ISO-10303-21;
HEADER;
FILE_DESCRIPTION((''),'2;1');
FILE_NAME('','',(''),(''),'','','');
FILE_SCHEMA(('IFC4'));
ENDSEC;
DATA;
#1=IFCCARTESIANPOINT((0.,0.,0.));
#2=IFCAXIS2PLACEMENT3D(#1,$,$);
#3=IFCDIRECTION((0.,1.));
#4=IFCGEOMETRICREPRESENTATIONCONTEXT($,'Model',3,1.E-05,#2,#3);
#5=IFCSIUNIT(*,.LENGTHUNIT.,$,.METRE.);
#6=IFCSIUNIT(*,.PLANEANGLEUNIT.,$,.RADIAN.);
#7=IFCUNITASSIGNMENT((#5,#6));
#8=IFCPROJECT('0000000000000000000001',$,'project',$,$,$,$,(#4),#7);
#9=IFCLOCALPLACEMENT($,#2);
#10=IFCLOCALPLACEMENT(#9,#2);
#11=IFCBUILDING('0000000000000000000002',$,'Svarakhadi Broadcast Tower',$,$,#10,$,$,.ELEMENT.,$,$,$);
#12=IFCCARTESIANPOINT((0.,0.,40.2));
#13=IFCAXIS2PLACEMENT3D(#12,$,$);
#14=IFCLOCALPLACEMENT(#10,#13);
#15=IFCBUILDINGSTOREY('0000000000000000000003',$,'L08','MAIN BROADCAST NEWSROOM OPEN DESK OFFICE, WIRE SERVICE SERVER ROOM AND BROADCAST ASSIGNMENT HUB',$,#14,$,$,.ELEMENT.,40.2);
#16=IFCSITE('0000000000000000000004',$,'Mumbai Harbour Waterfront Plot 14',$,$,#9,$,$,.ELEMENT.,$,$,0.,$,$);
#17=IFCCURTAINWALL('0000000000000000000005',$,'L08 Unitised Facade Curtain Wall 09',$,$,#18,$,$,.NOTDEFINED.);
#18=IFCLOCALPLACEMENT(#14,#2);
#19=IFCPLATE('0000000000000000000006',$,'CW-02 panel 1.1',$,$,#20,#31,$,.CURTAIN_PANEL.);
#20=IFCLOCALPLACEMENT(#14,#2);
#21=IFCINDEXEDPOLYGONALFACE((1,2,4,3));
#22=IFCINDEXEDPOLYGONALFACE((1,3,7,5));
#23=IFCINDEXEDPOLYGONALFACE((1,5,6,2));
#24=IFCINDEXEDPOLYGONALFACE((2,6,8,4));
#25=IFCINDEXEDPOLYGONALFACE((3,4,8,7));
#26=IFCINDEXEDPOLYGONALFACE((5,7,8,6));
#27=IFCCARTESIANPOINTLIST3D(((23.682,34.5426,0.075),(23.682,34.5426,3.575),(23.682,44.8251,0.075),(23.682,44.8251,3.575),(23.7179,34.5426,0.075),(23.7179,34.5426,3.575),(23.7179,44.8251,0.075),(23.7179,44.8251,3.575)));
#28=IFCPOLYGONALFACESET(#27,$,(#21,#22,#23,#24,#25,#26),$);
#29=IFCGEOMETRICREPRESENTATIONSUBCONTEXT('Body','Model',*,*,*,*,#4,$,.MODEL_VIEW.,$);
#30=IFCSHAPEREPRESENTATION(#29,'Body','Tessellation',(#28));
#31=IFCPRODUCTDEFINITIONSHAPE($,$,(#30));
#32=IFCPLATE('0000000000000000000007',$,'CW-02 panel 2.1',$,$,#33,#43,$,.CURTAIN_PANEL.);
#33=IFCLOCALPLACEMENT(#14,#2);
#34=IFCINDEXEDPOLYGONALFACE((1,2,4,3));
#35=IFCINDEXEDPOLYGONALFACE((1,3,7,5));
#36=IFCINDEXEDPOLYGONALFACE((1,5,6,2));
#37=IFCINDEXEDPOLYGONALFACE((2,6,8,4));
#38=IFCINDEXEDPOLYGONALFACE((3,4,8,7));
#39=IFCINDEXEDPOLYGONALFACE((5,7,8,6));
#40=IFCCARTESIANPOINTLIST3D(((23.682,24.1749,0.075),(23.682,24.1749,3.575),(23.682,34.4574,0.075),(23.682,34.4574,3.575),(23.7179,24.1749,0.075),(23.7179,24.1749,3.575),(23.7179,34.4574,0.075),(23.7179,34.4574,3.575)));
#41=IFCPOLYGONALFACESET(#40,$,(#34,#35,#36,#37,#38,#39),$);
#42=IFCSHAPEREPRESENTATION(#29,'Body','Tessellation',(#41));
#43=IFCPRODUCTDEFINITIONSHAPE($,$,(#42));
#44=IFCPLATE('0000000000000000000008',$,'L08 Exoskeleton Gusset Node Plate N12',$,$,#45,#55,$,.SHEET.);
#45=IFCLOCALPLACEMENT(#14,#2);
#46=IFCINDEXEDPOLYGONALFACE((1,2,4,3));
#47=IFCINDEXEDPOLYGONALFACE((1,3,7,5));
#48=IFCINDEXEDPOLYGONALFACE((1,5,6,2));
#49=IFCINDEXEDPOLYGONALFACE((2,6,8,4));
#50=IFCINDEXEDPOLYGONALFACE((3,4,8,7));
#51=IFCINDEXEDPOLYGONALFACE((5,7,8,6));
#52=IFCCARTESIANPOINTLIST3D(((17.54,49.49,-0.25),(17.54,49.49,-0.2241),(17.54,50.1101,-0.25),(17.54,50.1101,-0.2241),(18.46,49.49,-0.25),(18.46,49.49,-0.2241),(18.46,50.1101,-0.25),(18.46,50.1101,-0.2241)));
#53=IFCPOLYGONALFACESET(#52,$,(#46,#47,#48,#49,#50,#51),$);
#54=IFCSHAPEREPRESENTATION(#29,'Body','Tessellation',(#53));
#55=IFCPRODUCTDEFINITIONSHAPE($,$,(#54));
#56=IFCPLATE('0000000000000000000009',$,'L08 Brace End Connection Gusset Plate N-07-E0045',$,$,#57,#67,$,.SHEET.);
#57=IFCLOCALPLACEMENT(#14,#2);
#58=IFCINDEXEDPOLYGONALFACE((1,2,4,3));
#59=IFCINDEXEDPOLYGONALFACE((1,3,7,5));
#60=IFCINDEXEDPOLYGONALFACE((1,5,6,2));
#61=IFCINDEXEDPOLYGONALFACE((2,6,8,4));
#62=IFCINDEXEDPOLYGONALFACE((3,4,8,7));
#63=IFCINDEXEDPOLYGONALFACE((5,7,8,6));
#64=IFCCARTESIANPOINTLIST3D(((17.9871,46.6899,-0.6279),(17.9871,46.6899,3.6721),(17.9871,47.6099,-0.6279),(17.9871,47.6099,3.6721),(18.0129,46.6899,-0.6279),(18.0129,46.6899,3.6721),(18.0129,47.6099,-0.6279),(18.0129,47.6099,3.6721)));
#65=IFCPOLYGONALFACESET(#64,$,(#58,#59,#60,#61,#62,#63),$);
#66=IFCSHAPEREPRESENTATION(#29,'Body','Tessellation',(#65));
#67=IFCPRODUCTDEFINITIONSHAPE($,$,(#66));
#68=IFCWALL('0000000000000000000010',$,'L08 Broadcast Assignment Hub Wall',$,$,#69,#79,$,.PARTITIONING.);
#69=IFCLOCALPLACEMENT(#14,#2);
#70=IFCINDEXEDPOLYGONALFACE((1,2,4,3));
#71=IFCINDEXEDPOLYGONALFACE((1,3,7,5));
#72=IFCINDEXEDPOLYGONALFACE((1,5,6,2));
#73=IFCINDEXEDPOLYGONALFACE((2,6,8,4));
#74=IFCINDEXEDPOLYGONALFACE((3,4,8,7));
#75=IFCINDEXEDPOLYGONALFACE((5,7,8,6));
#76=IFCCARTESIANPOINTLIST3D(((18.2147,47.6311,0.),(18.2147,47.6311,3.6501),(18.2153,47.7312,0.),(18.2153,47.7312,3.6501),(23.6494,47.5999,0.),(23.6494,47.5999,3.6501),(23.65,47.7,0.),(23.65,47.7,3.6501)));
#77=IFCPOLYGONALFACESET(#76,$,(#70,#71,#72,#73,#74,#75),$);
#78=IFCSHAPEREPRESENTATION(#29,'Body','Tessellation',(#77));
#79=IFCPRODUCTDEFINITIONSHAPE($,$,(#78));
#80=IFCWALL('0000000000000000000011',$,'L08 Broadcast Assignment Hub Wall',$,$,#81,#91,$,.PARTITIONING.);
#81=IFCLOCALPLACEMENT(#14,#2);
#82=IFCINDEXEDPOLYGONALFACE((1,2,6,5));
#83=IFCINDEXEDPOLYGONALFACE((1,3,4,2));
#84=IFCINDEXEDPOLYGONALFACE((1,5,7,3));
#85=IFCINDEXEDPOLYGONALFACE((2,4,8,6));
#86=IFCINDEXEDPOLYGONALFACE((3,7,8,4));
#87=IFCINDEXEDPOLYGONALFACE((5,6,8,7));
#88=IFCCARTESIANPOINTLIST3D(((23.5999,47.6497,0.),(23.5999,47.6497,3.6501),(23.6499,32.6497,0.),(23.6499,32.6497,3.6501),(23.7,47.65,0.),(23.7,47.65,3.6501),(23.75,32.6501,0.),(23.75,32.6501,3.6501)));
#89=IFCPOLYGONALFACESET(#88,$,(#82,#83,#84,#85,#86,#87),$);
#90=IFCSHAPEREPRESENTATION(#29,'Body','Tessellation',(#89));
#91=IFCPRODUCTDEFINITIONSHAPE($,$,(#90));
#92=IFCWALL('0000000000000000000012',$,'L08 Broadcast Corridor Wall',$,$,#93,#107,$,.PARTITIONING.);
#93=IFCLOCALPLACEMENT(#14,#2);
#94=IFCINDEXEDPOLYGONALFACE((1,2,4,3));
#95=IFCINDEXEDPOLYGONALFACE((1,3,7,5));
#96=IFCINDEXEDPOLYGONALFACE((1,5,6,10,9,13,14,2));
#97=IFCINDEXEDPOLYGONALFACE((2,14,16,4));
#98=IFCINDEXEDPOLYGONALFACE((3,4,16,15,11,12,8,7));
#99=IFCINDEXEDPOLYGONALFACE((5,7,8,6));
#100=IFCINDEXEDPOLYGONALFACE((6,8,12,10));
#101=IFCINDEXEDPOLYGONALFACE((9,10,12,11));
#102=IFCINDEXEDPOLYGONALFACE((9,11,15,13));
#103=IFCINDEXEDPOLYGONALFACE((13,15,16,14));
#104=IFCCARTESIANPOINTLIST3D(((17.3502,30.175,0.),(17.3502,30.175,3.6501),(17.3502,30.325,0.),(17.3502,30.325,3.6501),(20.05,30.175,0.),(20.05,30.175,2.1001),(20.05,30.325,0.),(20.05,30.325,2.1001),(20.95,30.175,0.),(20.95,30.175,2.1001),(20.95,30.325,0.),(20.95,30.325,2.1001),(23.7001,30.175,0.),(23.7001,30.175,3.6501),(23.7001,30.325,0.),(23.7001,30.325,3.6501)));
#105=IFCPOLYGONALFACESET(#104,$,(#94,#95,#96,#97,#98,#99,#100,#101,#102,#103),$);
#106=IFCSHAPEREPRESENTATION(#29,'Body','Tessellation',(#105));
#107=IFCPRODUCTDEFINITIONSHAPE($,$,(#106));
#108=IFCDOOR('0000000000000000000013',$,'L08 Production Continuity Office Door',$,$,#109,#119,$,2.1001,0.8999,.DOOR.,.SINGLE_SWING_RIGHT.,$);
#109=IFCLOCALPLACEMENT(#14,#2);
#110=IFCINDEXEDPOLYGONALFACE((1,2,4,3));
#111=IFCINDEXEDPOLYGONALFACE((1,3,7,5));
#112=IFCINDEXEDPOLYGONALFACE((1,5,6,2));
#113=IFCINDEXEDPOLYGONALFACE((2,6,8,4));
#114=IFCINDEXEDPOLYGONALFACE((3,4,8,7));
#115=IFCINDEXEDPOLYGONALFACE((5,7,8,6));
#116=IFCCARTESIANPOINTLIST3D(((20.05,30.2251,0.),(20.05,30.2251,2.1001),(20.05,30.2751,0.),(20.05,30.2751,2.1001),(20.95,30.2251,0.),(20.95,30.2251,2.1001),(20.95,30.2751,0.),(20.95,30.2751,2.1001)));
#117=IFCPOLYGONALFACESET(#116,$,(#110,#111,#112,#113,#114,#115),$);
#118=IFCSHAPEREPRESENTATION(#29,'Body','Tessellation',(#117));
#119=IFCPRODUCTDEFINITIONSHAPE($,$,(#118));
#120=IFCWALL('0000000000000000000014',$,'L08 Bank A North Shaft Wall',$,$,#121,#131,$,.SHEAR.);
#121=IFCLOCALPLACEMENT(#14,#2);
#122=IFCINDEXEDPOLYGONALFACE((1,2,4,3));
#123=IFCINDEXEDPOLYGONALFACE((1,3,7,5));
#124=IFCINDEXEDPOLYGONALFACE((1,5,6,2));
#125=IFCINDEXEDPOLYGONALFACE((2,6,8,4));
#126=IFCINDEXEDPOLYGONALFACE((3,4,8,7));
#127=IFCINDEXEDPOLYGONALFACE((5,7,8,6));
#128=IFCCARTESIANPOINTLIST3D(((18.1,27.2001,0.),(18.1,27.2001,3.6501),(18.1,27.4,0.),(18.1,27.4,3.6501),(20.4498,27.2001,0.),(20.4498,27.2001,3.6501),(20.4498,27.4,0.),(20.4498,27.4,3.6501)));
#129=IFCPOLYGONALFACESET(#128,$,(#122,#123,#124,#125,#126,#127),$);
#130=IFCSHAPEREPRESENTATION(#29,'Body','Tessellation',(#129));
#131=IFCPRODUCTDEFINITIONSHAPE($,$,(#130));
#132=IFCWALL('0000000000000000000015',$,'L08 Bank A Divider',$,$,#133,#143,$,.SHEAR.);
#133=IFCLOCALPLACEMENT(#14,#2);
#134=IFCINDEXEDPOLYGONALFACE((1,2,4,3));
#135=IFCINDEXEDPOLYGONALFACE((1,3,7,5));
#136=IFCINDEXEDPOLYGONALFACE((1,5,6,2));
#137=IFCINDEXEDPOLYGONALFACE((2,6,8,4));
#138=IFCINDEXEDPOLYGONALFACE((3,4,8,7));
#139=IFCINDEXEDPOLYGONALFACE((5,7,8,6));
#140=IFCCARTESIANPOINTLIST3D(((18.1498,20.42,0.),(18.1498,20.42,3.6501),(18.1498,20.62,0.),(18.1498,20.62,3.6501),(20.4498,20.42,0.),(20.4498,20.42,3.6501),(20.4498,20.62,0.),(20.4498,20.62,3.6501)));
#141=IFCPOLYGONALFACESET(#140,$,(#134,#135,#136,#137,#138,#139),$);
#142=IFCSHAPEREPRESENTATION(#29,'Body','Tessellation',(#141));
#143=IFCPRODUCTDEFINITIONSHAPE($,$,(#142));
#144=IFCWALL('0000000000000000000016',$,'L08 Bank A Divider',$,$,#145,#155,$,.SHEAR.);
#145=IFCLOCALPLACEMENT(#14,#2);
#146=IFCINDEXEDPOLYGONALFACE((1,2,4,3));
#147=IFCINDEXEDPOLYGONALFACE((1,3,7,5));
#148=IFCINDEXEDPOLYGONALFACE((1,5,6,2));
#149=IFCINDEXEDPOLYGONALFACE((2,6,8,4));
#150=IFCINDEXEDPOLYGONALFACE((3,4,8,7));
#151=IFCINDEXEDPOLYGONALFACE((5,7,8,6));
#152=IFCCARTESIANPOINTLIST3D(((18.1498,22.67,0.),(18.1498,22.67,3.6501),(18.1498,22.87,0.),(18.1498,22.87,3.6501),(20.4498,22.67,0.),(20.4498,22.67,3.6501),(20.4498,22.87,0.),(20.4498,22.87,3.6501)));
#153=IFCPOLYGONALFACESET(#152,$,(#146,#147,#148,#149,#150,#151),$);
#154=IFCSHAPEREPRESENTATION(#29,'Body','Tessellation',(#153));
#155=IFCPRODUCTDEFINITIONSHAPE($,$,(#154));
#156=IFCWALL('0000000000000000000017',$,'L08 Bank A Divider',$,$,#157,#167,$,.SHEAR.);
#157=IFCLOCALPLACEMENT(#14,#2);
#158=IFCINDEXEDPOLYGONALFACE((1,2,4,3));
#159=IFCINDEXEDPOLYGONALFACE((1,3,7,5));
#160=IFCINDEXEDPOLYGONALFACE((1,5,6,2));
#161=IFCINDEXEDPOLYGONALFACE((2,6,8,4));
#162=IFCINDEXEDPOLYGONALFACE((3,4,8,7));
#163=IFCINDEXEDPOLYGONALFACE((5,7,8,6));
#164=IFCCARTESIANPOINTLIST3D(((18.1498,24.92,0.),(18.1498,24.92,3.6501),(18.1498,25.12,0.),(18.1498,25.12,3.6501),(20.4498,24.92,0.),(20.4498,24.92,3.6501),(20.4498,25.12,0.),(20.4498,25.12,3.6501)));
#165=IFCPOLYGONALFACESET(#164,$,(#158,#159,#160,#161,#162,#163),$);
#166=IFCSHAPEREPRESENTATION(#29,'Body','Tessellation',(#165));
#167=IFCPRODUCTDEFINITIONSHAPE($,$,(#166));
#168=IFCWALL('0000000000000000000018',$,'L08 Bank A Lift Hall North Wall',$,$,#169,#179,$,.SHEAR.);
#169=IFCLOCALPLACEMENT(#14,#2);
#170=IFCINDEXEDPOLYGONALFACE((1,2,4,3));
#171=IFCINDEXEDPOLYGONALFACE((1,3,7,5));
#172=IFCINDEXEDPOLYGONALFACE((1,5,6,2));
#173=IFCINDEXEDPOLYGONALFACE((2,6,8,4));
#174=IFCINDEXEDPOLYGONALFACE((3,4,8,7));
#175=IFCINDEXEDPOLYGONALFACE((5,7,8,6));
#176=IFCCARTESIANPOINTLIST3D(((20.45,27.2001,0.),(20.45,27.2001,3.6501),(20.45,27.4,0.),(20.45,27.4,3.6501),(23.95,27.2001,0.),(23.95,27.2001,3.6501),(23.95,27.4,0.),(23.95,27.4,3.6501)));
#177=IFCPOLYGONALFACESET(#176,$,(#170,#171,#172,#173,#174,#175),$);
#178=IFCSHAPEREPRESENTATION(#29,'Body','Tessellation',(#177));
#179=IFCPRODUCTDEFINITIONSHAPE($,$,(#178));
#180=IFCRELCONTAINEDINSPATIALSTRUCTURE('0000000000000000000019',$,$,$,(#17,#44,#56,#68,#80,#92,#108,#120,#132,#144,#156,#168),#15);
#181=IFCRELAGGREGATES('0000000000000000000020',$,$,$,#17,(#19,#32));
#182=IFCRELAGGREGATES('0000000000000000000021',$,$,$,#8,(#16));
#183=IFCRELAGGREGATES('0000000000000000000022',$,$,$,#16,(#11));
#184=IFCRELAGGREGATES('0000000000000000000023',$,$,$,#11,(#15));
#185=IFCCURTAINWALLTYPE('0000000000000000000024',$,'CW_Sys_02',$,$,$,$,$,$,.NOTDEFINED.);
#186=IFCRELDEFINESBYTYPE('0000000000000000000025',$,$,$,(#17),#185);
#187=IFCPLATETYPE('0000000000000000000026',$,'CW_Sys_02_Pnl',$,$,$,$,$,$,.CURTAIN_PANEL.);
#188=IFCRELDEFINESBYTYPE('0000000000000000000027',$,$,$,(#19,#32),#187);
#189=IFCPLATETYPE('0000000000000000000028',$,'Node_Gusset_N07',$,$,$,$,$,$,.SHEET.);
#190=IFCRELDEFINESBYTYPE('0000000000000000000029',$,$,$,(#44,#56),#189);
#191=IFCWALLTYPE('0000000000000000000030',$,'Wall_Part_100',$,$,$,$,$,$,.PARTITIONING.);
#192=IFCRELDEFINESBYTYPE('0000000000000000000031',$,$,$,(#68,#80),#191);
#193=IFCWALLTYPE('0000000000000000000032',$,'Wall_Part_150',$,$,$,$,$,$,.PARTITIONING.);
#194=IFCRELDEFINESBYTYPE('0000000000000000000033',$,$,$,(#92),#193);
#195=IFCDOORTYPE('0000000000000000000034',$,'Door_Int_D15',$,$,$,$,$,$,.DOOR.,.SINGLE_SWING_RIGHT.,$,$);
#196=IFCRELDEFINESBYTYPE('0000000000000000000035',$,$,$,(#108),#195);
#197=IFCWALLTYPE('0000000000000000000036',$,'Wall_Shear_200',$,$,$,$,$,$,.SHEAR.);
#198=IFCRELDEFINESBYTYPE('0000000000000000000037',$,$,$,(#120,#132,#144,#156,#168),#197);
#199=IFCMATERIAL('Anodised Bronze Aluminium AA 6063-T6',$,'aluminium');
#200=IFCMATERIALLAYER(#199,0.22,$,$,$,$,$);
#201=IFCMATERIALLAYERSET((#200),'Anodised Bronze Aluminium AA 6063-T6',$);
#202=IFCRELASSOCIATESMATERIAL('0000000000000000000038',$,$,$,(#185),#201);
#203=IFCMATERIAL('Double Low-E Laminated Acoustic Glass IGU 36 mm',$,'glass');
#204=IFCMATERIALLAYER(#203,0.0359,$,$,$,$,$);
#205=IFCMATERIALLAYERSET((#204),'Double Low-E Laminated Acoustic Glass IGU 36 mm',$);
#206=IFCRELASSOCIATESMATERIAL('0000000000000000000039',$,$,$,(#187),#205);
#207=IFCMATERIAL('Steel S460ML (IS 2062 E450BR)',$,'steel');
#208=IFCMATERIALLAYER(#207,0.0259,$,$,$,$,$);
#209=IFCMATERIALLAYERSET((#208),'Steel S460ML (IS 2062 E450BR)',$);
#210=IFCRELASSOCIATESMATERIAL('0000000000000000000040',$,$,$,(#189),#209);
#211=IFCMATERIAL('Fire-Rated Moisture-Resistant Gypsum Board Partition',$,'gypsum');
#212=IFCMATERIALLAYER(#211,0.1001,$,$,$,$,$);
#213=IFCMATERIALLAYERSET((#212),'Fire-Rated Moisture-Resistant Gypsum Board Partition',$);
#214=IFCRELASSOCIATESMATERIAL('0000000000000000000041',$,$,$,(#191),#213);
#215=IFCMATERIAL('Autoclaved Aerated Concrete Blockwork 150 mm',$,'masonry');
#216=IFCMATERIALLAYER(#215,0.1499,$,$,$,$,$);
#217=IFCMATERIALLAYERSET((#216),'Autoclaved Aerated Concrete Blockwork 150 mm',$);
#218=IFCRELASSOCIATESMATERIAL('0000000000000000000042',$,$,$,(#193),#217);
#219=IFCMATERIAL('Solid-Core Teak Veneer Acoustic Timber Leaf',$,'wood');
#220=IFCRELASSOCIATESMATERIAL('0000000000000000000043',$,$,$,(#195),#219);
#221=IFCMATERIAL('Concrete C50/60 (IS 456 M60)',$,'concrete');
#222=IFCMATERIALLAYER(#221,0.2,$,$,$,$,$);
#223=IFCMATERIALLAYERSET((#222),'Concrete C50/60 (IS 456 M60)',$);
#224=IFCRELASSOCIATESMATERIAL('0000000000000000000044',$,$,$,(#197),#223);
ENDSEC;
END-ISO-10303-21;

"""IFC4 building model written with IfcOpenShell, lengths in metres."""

from ifc_helpers import new_model, si_unit, direction, frame, frame_2d, origin, origin_2d, place, context, subcontext, project, spatial, rectangle, extrude, material, layer, layer_set, type_object, element, fill, aggregate, save


model = new_model("IFC4")

# Units and contexts
model_context = context("Model", 3, precision=1e-05, world=origin(), true_north=direction((0.0, 1.0)))
body_context = subcontext(model_context, "Body", "Model", "MODEL_VIEW")
ifc_project = project(units=[si_unit("LENGTHUNIT", "METRE"), si_unit("PLANEANGLEUNIT", "RADIAN")], contexts=[model_context])

# Site, building, storey
site_placement = place(None, origin())
site = spatial("IfcSite", under=ifc_project, at=site_placement, Name="Mumbai Harbour Waterfront Plot 14", CompositionType="ELEMENT", RefElevation=0.0)
building_placement = place(site_placement, origin())
building = spatial("IfcBuilding", under=site, at=building_placement, Name="Svarakhadi Broadcast Tower", CompositionType="ELEMENT")
storey_placement = place(building_placement, frame((0.0, 0.0, 40.2)))
storey = spatial("IfcBuildingStorey", under=building, at=storey_placement, Name="L08", Description="MAIN BROADCAST NEWSROOM OPEN DESK OFFICE, WIRE SERVICE SERVER ROOM AND BROADCAST ASSIGNMENT HUB", CompositionType="ELEMENT", Elevation=40.2)

# Shared definitions
ifc_material_1 = material(Name="Anodised Bronze Aluminium AA 6063-T6", Category="aluminium")
ifc_layer_1 = layer(ifc_material_1, 0.22)
ifc_layer_set_1 = layer_set([ifc_layer_1], Name="Anodised Bronze Aluminium AA 6063-T6")
curtain_wall_type = type_object("IfcCurtainWallType", Name="CW_Sys_02", PredefinedType="NOTDEFINED", material=ifc_layer_set_1)

# Curtain wall
curtain_wall_1_placement = place(storey_placement, origin())
curtain_wall_1 = element("IfcCurtainWall", 1, at=curtain_wall_1_placement, inside=storey, type_object=curtain_wall_type, Name="L08 Unitised Facade Curtain Wall 09", PredefinedType="NOTDEFINED")

# Shared definitions
ifc_material_2 = material(Name="Steel S460ML (IS 2062 E450BR)", Category="steel")

# Plates
ifc_material_3 = material(Name="Double Low-E Laminated Acoustic Glass IGU 36 mm", Category="glass")
ifc_layer_2 = layer(ifc_material_3, 0.0359)
ifc_layer_set_2 = layer_set([ifc_layer_2], Name="Double Low-E Laminated Acoustic Glass IGU 36 mm")
plate_type_1 = type_object("IfcPlateType", Name="CW_Sys_02_Pnl", PredefinedType="CURTAIN_PANEL", material=ifc_layer_set_2)
plate_1_placement = place(storey_placement, frame((23.7, 39.6838, 0.075), z_axis=(0.0, 0.0, 1.0), x_axis=(0.0, -1.0, 0.0)))
plate_1 = element("IfcPlate", 2, at=plate_1_placement, type_object=plate_type_1, Name="CW-02 panel 1.1", PredefinedType="CURTAIN_PANEL", context=body_context, shape_type="SweptSolid", body=[
    extrude(rectangle(XDim=10.2825, YDim=0.0359, at=origin_2d()), origin(), (0.0, 0.0, 1.0), 3.5),
])
plate_2_placement = place(storey_placement, frame((23.7, 29.3162, 0.075), z_axis=(0.0, 0.0, 1.0), x_axis=(0.0, -1.0, 0.0)))
plate_2 = element("IfcPlate", 3, at=plate_2_placement, type_object=plate_type_1, Name="CW-02 panel 2.1", PredefinedType="CURTAIN_PANEL", context=body_context, shape_type="SweptSolid", body=[
    extrude(rectangle(XDim=10.2825, YDim=0.0359, at=origin_2d()), origin(), (0.0, 0.0, 1.0), 3.5),
])
aggregate(curtain_wall_1, [plate_1, plate_2])

# Plates
ifc_layer_3 = layer(ifc_material_2, 0.0259)
ifc_layer_set_3 = layer_set([ifc_layer_3], Name="Steel S460ML (IS 2062 E450BR)")
plate_type_2 = type_object("IfcPlateType", Name="Node_Gusset_N07", PredefinedType="SHEET", material=ifc_layer_set_3)
plate_3_placement = place(storey_placement, frame((18.0, 49.8, -0.25), z_axis=(0.0, 0.0, 1.0), x_axis=(1.0, 0.0, 0.0)))
element("IfcPlate", 4, at=plate_3_placement, inside=storey, type_object=plate_type_2, Name="L08 Exoskeleton Gusset Node Plate N12", PredefinedType="SHEET", context=body_context, shape_type="SweptSolid", body=[
    extrude(rectangle(XDim=0.9199, YDim=0.6201, at=origin_2d()), origin(), (0.0, 0.0, 1.0), 0.0259),
])
plate_4_placement = place(storey_placement, frame((18.0, 47.1499, -0.6279), z_axis=(0.0, 0.0, 1.0), x_axis=(0.0, 1.0, 0.0)))
element("IfcPlate", 5, at=plate_4_placement, inside=storey, type_object=plate_type_2, Name="L08 Brace End Connection Gusset Plate N-07-E0045", PredefinedType="SHEET", context=body_context, shape_type="SweptSolid", body=[
    extrude(rectangle(XDim=0.9199, YDim=0.0259, at=origin_2d()), origin(), (0.0, 0.0, 1.0), 4.3),
])

# Walls
ifc_material_4 = material(Name="Fire-Rated Moisture-Resistant Gypsum Board Partition", Category="gypsum")
ifc_layer_4 = layer(ifc_material_4, 0.1001)
ifc_layer_set_4 = layer_set([ifc_layer_4], Name="Fire-Rated Moisture-Resistant Gypsum Board Partition")
wall_type_1 = type_object("IfcWallType", Name="Wall_Part_100", PredefinedType="PARTITIONING", material=ifc_layer_set_4)
wall_1_placement = place(storey_placement, frame((18.2151, 47.6812, 0.0), z_axis=(0.0, 0.0, 1.0), x_axis=(0.999983, -0.00575, 0.0)))
element("IfcWall", 6, at=wall_1_placement, inside=storey, type_object=wall_type_1, Name="L08 Broadcast Assignment Hub Wall", PredefinedType="PARTITIONING", context=body_context, shape_type="SweptSolid", body=[
    extrude(rectangle(XDim=5.4348, YDim=0.1001, at=frame_2d((2.7173, 0.0))), origin(), (0.0, 0.0, 1.0), 3.6501),
])
wall_2_placement = place(storey_placement, frame((23.7, 32.6499, 0.0), z_axis=(0.0, 0.0, 1.0), x_axis=(-0.003337, 0.999994, 0.0)))
element("IfcWall", 7, at=wall_2_placement, inside=storey, type_object=wall_type_1, Name="L08 Broadcast Assignment Hub Wall", PredefinedType="PARTITIONING", context=body_context, shape_type="SweptSolid", body=[
    extrude(rectangle(XDim=15.0, YDim=0.1001, at=frame_2d((7.5, 0.0))), origin(), (0.0, 0.0, 1.0), 3.6501),
])

# Wall, opening, door
ifc_material_5 = material(Name="Autoclaved Aerated Concrete Blockwork 150 mm", Category="masonry")
ifc_layer_5 = layer(ifc_material_5, 0.1499)
ifc_layer_set_5 = layer_set([ifc_layer_5], Name="Autoclaved Aerated Concrete Blockwork 150 mm")
wall_type_2 = type_object("IfcWallType", Name="Wall_Part_150", PredefinedType="PARTITIONING", material=ifc_layer_set_5)
wall_3_placement = place(storey_placement, frame((23.7, 30.25, 0.0), z_axis=(0.0, 0.0, 1.0), x_axis=(-1.0, 0.0, 0.0)))
wall_3 = element("IfcWall", 8, at=wall_3_placement, inside=storey, type_object=wall_type_2, Name="L08 Broadcast Corridor Wall", PredefinedType="PARTITIONING", context=body_context, shape_type="SweptSolid", body=[
    extrude(rectangle(XDim=6.3499, YDim=0.1499, at=frame_2d((3.1748, 0.0))), origin(), (0.0, 0.0, 1.0), 3.6501),
])
opening_placement = place(wall_3_placement, frame((2.75, 0.0, 0.0)))
opening = element("IfcOpeningElement", 9, at=opening_placement, cuts=wall_3, PredefinedType="OPENING", context=body_context, shape_type="SweptSolid", body=[
    extrude(rectangle(XDim=0.8999, YDim=2.1001, at=frame_2d((0.45, 1.05))), frame((0.0, 0.085, 0.0), z_axis=(0.0, -1.0, 0.0), x_axis=(1.0, 0.0, 0.0)), (0.0, 0.0, 1.0), 0.1699),
])
ifc_material_6 = material(Name="Solid-Core Teak Veneer Acoustic Timber Leaf", Category="wood")
door_type = type_object("IfcDoorType", Name="Door_Int_D15", OperationType="SINGLE_SWING_RIGHT", PredefinedType="DOOR", material=ifc_material_6)
door_placement = place(opening_placement, origin())
door = element("IfcDoor", 10, at=door_placement, inside=storey, type_object=door_type, Name="L08 Production Continuity Office Door", OperationType="SINGLE_SWING_RIGHT", OverallHeight=2.1001, OverallWidth=0.8999, PredefinedType="DOOR", context=body_context, shape_type="SweptSolid", body=[
    extrude(rectangle(XDim=0.8999, YDim=2.1001, at=frame_2d((0.45, 1.05))), frame((0.0, 0.0249, 0.0), z_axis=(0.0, -1.0, 0.0), x_axis=(1.0, 0.0, 0.0)), (0.0, 0.0, 1.0), 0.05),
])
fill(opening, door)

# Walls
ifc_material_7 = material(Name="Concrete C50/60 (IS 456 M60)", Category="concrete")
ifc_layer_6 = layer(ifc_material_7, 0.2)
ifc_layer_set_6 = layer_set([ifc_layer_6], Name="Concrete C50/60 (IS 456 M60)")
wall_type_3 = type_object("IfcWallType", Name="Wall_Shear_200", PredefinedType="SHEAR", material=ifc_layer_set_6)
wall_4_placement = place(storey_placement, frame((18.1001, 27.3, 0.0), z_axis=(0.0, 0.0, 1.0), x_axis=(1.0, 0.0, 0.0)))
element("IfcWall", 11, at=wall_4_placement, inside=storey, type_object=wall_type_3, Name="L08 Bank A North Shaft Wall", PredefinedType="SHEAR", context=body_context, shape_type="SweptSolid", body=[
    extrude(rectangle(XDim=2.3499, YDim=0.2, at=frame_2d((1.1748, 0.0))), origin(), (0.0, 0.0, 1.0), 3.6501),
])
for number, where, z_axis, x_axis, name in (
    (12, (18.1499, 20.52, 0.0), (0.0, 0.0, 1.0), (1.0, 0.0, 0.0), "L08 Bank A Divider"),
    (13, (18.1499, 22.77, 0.0), (0.0, 0.0, 1.0), (1.0, 0.0, 0.0), "L08 Bank A Divider"),
    (14, (18.1499, 25.02, 0.0), (0.0, 0.0, 1.0), (1.0, 0.0, 0.0), "L08 Bank A Divider"),
):
    element("IfcWall", number, at=place(storey_placement, frame(where, z_axis=z_axis, x_axis=x_axis)), inside=storey, type_object=wall_type_3, Name=name, PredefinedType="SHEAR", context=body_context, shape_type="SweptSolid", body=[
        extrude(rectangle(XDim=2.3, YDim=0.2, at=frame_2d((1.1499, 0.0))), origin(), (0.0, 0.0, 1.0), 3.6501),
    ])
wall_5_placement = place(storey_placement, frame((20.45, 27.3, 0.0), z_axis=(0.0, 0.0, 1.0), x_axis=(1.0, 0.0, 0.0)))
element("IfcWall", 15, at=wall_5_placement, inside=storey, type_object=wall_type_3, Name="L08 Bank A Lift Hall North Wall", PredefinedType="SHEAR", context=body_context, shape_type="SweptSolid", body=[
    extrude(rectangle(XDim=3.5, YDim=0.2, at=frame_2d((1.75, 0.0))), origin(), (0.0, 0.0, 1.0), 3.6501),
])

save(model, "model.ifc")
